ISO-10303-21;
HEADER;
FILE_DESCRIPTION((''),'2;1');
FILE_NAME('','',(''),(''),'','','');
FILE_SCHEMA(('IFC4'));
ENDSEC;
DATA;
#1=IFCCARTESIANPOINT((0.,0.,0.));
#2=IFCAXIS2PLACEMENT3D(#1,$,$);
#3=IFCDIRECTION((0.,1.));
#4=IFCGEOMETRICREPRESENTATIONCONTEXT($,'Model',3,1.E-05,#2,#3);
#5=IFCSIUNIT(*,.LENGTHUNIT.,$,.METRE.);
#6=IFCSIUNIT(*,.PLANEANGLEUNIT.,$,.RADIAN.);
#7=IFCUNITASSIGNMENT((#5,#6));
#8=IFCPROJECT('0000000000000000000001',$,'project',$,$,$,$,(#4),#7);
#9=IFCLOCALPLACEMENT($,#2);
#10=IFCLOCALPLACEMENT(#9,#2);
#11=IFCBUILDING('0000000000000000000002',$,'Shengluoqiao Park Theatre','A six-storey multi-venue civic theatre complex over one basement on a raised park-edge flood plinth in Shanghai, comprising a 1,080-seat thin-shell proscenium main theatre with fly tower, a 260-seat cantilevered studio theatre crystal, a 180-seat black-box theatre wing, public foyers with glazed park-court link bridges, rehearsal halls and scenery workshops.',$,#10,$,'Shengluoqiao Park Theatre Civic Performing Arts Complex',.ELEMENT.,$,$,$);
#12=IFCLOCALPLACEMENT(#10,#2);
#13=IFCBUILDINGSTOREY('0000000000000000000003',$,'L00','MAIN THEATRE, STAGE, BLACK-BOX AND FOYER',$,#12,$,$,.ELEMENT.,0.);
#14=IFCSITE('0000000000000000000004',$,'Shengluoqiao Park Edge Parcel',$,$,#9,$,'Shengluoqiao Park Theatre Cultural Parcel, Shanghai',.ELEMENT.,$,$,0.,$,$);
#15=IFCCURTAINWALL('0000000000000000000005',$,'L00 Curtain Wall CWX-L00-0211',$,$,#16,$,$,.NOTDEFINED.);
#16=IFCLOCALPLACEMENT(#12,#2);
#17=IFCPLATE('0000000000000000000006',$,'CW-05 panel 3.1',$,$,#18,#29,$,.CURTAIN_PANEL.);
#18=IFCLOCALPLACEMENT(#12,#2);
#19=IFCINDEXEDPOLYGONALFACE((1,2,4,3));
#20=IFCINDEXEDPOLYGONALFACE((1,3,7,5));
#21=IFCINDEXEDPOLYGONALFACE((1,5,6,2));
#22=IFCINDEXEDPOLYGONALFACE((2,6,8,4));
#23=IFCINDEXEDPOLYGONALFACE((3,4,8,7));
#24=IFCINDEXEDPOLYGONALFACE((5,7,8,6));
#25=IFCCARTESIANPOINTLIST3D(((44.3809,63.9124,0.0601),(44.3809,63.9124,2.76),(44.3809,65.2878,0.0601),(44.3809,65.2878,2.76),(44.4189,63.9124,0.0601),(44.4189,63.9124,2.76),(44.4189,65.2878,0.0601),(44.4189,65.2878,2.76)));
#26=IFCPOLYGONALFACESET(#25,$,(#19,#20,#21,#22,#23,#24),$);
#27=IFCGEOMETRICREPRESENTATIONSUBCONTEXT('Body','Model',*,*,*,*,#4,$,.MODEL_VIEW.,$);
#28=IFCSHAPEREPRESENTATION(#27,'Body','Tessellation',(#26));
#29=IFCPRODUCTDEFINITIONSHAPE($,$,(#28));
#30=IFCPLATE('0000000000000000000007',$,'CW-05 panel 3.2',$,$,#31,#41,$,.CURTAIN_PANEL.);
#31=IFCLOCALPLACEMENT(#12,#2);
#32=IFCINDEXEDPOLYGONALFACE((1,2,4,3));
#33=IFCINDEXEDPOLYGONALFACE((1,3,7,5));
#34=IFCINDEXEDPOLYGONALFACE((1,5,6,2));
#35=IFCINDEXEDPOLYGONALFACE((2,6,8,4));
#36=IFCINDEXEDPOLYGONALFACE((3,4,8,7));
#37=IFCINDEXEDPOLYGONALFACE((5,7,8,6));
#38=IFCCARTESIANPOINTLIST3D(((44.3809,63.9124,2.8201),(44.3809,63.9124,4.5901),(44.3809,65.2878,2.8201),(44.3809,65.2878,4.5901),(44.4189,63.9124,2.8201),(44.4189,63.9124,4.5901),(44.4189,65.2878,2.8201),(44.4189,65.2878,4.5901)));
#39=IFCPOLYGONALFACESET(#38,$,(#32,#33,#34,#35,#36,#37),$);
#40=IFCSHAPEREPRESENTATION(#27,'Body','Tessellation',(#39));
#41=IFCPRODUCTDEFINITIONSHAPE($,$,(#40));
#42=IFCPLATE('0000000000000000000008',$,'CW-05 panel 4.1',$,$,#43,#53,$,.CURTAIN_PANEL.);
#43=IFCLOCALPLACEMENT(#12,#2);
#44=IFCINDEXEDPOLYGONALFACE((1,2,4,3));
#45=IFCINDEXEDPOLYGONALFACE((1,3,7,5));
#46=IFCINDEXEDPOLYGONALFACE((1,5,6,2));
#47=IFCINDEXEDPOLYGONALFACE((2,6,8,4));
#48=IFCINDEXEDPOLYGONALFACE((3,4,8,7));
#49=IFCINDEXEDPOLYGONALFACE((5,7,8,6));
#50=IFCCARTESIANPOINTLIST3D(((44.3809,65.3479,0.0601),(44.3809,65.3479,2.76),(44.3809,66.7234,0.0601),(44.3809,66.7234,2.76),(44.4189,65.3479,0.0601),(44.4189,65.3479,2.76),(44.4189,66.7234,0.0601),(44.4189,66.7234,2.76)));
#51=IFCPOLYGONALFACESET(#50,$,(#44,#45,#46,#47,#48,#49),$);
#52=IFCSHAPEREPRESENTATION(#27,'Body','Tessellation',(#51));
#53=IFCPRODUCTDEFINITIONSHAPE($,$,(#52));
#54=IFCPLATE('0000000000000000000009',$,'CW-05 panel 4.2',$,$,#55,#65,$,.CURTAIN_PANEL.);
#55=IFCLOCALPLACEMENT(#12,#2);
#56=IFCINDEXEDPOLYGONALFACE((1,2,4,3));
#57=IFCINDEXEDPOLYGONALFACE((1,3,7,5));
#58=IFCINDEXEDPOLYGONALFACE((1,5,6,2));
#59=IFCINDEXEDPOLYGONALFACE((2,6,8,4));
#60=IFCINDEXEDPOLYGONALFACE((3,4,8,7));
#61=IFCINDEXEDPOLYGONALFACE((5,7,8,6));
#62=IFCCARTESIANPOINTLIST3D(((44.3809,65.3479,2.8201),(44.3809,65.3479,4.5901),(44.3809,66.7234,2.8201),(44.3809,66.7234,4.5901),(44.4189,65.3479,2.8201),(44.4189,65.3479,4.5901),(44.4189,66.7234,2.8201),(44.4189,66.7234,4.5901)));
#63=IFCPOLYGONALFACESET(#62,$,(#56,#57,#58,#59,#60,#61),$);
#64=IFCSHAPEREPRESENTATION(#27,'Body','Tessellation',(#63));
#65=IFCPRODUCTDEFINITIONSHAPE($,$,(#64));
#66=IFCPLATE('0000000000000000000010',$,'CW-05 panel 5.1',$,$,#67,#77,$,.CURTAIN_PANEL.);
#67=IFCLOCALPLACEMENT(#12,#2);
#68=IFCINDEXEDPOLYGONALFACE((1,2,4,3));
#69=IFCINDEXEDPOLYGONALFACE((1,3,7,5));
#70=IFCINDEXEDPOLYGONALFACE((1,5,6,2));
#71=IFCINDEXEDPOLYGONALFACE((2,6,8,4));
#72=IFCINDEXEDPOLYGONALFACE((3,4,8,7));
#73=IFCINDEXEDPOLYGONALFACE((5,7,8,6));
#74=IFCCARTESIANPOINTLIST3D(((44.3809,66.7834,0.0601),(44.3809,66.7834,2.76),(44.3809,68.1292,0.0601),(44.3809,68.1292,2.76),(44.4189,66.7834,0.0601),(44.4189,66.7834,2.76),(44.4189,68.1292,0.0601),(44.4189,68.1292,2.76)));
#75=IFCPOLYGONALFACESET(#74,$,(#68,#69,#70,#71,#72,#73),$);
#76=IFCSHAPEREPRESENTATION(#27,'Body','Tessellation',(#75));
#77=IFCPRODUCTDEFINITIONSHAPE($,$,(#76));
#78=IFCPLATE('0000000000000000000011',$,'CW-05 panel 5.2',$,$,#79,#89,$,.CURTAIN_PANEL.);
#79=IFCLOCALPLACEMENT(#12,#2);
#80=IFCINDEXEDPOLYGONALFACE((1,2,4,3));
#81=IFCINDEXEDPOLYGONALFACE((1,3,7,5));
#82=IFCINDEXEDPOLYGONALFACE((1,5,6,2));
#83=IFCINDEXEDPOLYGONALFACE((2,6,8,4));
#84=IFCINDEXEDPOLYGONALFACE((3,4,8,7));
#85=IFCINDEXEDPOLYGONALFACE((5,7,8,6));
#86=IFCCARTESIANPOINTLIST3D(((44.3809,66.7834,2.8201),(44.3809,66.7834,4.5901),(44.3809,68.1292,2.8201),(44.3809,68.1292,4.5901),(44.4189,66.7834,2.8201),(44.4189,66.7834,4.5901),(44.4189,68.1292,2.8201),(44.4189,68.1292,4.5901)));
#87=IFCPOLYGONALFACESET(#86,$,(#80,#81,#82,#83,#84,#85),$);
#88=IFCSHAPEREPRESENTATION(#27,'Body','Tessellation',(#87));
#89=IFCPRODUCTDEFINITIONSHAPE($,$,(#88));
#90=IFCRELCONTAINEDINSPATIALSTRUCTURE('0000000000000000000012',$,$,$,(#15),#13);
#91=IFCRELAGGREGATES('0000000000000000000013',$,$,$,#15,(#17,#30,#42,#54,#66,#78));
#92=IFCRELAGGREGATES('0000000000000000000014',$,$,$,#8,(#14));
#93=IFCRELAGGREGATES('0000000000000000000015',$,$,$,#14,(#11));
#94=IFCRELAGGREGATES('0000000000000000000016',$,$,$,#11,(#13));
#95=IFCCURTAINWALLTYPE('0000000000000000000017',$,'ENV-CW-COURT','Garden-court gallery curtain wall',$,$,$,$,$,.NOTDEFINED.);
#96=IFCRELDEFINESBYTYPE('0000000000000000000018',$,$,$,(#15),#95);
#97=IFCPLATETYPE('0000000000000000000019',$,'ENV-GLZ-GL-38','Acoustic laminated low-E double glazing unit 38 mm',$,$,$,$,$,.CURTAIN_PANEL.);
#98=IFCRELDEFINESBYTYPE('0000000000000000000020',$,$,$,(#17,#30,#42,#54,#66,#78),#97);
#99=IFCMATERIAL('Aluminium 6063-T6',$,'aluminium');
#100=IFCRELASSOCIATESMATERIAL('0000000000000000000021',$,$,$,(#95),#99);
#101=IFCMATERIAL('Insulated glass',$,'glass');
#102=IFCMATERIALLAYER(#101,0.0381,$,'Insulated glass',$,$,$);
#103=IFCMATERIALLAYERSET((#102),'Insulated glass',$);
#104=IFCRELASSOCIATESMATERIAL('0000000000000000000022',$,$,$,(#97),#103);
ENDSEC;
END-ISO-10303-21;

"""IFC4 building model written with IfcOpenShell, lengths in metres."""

from ifc_helpers import new_model, si_unit, direction, frame, origin, origin_2d, place, context, subcontext, project, spatial, rectangle, extrude, material, layer, layer_set, type_object, element, aggregate, save


model = new_model("IFC4")

# Units and contexts
model_context = context("Model", 3, precision=1e-05, world=origin(), true_north=direction((0.0, 1.0)))
body_context = subcontext(model_context, "Body", "Model", "MODEL_VIEW")
ifc_project = project(units=[si_unit("LENGTHUNIT", "METRE"), si_unit("PLANEANGLEUNIT", "RADIAN")], contexts=[model_context])

# Site, building, storey
site_placement = place(None, origin())
site = spatial("IfcSite", under=ifc_project, at=site_placement, Name="Shengluoqiao Park Edge Parcel", LongName="Shengluoqiao Park Theatre Cultural Parcel, Shanghai", CompositionType="ELEMENT", RefElevation=0.0)
building_placement = place(site_placement, origin())
building = spatial("IfcBuilding", under=site, at=building_placement, Name="Shengluoqiao Park Theatre", Description="A six-storey multi-venue civic theatre complex over one basement on a raised park-edge flood plinth in Shanghai, comprising a 1,080-seat thin-shell proscenium main theatre with fly tower, a 260-seat cantilevered studio theatre crystal, a 180-seat black-box theatre wing, public foyers with glazed park-court link bridges, rehearsal halls and scenery workshops.", LongName="Shengluoqiao Park Theatre Civic Performing Arts Complex", CompositionType="ELEMENT")
storey_placement = place(building_placement, origin())
storey = spatial("IfcBuildingStorey", under=building, at=storey_placement, Name="L00", Description="MAIN THEATRE, STAGE, BLACK-BOX AND FOYER", CompositionType="ELEMENT", Elevation=0.0)

# Curtain wall, plates
ifc_material_1 = material(Name="Aluminium 6063-T6", Category="aluminium")
curtain_wall_type = type_object("IfcCurtainWallType", Name="ENV-CW-COURT", Description="Garden-court gallery curtain wall", PredefinedType="NOTDEFINED", material=ifc_material_1)
curtain_wall_placement = place(storey_placement, origin())
curtain_wall = element("IfcCurtainWall", 1, at=curtain_wall_placement, inside=storey, type_object=curtain_wall_type, Name="L00 Curtain Wall CWX-L00-0211", PredefinedType="NOTDEFINED")
ifc_material_2 = material(Name="Insulated glass", Category="glass")
ifc_layer = layer(ifc_material_2, 0.0381, Name="Insulated glass")
ifc_layer_set = layer_set([ifc_layer], Name="Insulated glass")
plate_type = type_object("IfcPlateType", Name="ENV-GLZ-GL-38", Description="Acoustic laminated low-E double glazing unit 38 mm", PredefinedType="CURTAIN_PANEL", material=ifc_layer_set)
plate_1_placement = place(storey_placement, frame((44.3999, 64.6001, 0.0601), z_axis=(0.0, 0.0, 1.0), x_axis=(0.0, 1.0, 0.0)))
plate_1 = element("IfcPlate", 2, at=plate_1_placement, type_object=plate_type, Name="CW-05 panel 3.1", PredefinedType="CURTAIN_PANEL", context=body_context, shape_type="SweptSolid", body=[
    extrude(rectangle(XDim=1.3755, YDim=0.0381, at=origin_2d()), origin(), (0.0, 0.0, 1.0), 2.7),
])
plate_2_placement = place(storey_placement, frame((44.3999, 64.6001, 2.8201), z_axis=(0.0, 0.0, 1.0), x_axis=(0.0, 1.0, 0.0)))
plate_2 = element("IfcPlate", 3, at=plate_2_placement, type_object=plate_type, Name="CW-05 panel 3.2", PredefinedType="CURTAIN_PANEL", context=body_context, shape_type="SweptSolid", body=[
    extrude(rectangle(XDim=1.3755, YDim=0.0381, at=origin_2d()), origin(), (0.0, 0.0, 1.0), 1.77),
])
plate_3_placement = place(storey_placement, frame((44.3999, 66.0356, 0.0601), z_axis=(0.0, 0.0, 1.0), x_axis=(0.0, 1.0, 0.0)))
plate_3 = element("IfcPlate", 4, at=plate_3_placement, type_object=plate_type, Name="CW-05 panel 4.1", PredefinedType="CURTAIN_PANEL", context=body_context, shape_type="SweptSolid", body=[
    extrude(rectangle(XDim=1.3755, YDim=0.0381, at=origin_2d()), origin(), (0.0, 0.0, 1.0), 2.7),
])
plate_4_placement = place(storey_placement, frame((44.3999, 66.0356, 2.8201), z_axis=(0.0, 0.0, 1.0), x_axis=(0.0, 1.0, 0.0)))
plate_4 = element("IfcPlate", 5, at=plate_4_placement, type_object=plate_type, Name="CW-05 panel 4.2", PredefinedType="CURTAIN_PANEL", context=body_context, shape_type="SweptSolid", body=[
    extrude(rectangle(XDim=1.3755, YDim=0.0381, at=origin_2d()), origin(), (0.0, 0.0, 1.0), 1.77),
])
plate_5_placement = place(storey_placement, frame((44.3999, 67.4563, 0.0601), z_axis=(0.0, 0.0, 1.0), x_axis=(0.0, 1.0, 0.0)))
plate_5 = element("IfcPlate", 6, at=plate_5_placement, type_object=plate_type, Name="CW-05 panel 5.1", PredefinedType="CURTAIN_PANEL", context=body_context, shape_type="SweptSolid", body=[
    extrude(rectangle(XDim=1.3457, YDim=0.0381, at=origin_2d()), origin(), (0.0, 0.0, 1.0), 2.7),
])
plate_6_placement = place(storey_placement, frame((44.3999, 67.4563, 2.8201), z_axis=(0.0, 0.0, 1.0), x_axis=(0.0, 1.0, 0.0)))
plate_6 = element("IfcPlate", 7, at=plate_6_placement, type_object=plate_type, Name="CW-05 panel 5.2", PredefinedType="CURTAIN_PANEL", context=body_context, shape_type="SweptSolid", body=[
    extrude(rectangle(XDim=1.3457, YDim=0.0381, at=origin_2d()), origin(), (0.0, 0.0, 1.0), 1.77),
])
aggregate(curtain_wall, [plate_1, plate_2, plate_3, plate_4, plate_5, plate_6])

save(model, "model.ifc")
